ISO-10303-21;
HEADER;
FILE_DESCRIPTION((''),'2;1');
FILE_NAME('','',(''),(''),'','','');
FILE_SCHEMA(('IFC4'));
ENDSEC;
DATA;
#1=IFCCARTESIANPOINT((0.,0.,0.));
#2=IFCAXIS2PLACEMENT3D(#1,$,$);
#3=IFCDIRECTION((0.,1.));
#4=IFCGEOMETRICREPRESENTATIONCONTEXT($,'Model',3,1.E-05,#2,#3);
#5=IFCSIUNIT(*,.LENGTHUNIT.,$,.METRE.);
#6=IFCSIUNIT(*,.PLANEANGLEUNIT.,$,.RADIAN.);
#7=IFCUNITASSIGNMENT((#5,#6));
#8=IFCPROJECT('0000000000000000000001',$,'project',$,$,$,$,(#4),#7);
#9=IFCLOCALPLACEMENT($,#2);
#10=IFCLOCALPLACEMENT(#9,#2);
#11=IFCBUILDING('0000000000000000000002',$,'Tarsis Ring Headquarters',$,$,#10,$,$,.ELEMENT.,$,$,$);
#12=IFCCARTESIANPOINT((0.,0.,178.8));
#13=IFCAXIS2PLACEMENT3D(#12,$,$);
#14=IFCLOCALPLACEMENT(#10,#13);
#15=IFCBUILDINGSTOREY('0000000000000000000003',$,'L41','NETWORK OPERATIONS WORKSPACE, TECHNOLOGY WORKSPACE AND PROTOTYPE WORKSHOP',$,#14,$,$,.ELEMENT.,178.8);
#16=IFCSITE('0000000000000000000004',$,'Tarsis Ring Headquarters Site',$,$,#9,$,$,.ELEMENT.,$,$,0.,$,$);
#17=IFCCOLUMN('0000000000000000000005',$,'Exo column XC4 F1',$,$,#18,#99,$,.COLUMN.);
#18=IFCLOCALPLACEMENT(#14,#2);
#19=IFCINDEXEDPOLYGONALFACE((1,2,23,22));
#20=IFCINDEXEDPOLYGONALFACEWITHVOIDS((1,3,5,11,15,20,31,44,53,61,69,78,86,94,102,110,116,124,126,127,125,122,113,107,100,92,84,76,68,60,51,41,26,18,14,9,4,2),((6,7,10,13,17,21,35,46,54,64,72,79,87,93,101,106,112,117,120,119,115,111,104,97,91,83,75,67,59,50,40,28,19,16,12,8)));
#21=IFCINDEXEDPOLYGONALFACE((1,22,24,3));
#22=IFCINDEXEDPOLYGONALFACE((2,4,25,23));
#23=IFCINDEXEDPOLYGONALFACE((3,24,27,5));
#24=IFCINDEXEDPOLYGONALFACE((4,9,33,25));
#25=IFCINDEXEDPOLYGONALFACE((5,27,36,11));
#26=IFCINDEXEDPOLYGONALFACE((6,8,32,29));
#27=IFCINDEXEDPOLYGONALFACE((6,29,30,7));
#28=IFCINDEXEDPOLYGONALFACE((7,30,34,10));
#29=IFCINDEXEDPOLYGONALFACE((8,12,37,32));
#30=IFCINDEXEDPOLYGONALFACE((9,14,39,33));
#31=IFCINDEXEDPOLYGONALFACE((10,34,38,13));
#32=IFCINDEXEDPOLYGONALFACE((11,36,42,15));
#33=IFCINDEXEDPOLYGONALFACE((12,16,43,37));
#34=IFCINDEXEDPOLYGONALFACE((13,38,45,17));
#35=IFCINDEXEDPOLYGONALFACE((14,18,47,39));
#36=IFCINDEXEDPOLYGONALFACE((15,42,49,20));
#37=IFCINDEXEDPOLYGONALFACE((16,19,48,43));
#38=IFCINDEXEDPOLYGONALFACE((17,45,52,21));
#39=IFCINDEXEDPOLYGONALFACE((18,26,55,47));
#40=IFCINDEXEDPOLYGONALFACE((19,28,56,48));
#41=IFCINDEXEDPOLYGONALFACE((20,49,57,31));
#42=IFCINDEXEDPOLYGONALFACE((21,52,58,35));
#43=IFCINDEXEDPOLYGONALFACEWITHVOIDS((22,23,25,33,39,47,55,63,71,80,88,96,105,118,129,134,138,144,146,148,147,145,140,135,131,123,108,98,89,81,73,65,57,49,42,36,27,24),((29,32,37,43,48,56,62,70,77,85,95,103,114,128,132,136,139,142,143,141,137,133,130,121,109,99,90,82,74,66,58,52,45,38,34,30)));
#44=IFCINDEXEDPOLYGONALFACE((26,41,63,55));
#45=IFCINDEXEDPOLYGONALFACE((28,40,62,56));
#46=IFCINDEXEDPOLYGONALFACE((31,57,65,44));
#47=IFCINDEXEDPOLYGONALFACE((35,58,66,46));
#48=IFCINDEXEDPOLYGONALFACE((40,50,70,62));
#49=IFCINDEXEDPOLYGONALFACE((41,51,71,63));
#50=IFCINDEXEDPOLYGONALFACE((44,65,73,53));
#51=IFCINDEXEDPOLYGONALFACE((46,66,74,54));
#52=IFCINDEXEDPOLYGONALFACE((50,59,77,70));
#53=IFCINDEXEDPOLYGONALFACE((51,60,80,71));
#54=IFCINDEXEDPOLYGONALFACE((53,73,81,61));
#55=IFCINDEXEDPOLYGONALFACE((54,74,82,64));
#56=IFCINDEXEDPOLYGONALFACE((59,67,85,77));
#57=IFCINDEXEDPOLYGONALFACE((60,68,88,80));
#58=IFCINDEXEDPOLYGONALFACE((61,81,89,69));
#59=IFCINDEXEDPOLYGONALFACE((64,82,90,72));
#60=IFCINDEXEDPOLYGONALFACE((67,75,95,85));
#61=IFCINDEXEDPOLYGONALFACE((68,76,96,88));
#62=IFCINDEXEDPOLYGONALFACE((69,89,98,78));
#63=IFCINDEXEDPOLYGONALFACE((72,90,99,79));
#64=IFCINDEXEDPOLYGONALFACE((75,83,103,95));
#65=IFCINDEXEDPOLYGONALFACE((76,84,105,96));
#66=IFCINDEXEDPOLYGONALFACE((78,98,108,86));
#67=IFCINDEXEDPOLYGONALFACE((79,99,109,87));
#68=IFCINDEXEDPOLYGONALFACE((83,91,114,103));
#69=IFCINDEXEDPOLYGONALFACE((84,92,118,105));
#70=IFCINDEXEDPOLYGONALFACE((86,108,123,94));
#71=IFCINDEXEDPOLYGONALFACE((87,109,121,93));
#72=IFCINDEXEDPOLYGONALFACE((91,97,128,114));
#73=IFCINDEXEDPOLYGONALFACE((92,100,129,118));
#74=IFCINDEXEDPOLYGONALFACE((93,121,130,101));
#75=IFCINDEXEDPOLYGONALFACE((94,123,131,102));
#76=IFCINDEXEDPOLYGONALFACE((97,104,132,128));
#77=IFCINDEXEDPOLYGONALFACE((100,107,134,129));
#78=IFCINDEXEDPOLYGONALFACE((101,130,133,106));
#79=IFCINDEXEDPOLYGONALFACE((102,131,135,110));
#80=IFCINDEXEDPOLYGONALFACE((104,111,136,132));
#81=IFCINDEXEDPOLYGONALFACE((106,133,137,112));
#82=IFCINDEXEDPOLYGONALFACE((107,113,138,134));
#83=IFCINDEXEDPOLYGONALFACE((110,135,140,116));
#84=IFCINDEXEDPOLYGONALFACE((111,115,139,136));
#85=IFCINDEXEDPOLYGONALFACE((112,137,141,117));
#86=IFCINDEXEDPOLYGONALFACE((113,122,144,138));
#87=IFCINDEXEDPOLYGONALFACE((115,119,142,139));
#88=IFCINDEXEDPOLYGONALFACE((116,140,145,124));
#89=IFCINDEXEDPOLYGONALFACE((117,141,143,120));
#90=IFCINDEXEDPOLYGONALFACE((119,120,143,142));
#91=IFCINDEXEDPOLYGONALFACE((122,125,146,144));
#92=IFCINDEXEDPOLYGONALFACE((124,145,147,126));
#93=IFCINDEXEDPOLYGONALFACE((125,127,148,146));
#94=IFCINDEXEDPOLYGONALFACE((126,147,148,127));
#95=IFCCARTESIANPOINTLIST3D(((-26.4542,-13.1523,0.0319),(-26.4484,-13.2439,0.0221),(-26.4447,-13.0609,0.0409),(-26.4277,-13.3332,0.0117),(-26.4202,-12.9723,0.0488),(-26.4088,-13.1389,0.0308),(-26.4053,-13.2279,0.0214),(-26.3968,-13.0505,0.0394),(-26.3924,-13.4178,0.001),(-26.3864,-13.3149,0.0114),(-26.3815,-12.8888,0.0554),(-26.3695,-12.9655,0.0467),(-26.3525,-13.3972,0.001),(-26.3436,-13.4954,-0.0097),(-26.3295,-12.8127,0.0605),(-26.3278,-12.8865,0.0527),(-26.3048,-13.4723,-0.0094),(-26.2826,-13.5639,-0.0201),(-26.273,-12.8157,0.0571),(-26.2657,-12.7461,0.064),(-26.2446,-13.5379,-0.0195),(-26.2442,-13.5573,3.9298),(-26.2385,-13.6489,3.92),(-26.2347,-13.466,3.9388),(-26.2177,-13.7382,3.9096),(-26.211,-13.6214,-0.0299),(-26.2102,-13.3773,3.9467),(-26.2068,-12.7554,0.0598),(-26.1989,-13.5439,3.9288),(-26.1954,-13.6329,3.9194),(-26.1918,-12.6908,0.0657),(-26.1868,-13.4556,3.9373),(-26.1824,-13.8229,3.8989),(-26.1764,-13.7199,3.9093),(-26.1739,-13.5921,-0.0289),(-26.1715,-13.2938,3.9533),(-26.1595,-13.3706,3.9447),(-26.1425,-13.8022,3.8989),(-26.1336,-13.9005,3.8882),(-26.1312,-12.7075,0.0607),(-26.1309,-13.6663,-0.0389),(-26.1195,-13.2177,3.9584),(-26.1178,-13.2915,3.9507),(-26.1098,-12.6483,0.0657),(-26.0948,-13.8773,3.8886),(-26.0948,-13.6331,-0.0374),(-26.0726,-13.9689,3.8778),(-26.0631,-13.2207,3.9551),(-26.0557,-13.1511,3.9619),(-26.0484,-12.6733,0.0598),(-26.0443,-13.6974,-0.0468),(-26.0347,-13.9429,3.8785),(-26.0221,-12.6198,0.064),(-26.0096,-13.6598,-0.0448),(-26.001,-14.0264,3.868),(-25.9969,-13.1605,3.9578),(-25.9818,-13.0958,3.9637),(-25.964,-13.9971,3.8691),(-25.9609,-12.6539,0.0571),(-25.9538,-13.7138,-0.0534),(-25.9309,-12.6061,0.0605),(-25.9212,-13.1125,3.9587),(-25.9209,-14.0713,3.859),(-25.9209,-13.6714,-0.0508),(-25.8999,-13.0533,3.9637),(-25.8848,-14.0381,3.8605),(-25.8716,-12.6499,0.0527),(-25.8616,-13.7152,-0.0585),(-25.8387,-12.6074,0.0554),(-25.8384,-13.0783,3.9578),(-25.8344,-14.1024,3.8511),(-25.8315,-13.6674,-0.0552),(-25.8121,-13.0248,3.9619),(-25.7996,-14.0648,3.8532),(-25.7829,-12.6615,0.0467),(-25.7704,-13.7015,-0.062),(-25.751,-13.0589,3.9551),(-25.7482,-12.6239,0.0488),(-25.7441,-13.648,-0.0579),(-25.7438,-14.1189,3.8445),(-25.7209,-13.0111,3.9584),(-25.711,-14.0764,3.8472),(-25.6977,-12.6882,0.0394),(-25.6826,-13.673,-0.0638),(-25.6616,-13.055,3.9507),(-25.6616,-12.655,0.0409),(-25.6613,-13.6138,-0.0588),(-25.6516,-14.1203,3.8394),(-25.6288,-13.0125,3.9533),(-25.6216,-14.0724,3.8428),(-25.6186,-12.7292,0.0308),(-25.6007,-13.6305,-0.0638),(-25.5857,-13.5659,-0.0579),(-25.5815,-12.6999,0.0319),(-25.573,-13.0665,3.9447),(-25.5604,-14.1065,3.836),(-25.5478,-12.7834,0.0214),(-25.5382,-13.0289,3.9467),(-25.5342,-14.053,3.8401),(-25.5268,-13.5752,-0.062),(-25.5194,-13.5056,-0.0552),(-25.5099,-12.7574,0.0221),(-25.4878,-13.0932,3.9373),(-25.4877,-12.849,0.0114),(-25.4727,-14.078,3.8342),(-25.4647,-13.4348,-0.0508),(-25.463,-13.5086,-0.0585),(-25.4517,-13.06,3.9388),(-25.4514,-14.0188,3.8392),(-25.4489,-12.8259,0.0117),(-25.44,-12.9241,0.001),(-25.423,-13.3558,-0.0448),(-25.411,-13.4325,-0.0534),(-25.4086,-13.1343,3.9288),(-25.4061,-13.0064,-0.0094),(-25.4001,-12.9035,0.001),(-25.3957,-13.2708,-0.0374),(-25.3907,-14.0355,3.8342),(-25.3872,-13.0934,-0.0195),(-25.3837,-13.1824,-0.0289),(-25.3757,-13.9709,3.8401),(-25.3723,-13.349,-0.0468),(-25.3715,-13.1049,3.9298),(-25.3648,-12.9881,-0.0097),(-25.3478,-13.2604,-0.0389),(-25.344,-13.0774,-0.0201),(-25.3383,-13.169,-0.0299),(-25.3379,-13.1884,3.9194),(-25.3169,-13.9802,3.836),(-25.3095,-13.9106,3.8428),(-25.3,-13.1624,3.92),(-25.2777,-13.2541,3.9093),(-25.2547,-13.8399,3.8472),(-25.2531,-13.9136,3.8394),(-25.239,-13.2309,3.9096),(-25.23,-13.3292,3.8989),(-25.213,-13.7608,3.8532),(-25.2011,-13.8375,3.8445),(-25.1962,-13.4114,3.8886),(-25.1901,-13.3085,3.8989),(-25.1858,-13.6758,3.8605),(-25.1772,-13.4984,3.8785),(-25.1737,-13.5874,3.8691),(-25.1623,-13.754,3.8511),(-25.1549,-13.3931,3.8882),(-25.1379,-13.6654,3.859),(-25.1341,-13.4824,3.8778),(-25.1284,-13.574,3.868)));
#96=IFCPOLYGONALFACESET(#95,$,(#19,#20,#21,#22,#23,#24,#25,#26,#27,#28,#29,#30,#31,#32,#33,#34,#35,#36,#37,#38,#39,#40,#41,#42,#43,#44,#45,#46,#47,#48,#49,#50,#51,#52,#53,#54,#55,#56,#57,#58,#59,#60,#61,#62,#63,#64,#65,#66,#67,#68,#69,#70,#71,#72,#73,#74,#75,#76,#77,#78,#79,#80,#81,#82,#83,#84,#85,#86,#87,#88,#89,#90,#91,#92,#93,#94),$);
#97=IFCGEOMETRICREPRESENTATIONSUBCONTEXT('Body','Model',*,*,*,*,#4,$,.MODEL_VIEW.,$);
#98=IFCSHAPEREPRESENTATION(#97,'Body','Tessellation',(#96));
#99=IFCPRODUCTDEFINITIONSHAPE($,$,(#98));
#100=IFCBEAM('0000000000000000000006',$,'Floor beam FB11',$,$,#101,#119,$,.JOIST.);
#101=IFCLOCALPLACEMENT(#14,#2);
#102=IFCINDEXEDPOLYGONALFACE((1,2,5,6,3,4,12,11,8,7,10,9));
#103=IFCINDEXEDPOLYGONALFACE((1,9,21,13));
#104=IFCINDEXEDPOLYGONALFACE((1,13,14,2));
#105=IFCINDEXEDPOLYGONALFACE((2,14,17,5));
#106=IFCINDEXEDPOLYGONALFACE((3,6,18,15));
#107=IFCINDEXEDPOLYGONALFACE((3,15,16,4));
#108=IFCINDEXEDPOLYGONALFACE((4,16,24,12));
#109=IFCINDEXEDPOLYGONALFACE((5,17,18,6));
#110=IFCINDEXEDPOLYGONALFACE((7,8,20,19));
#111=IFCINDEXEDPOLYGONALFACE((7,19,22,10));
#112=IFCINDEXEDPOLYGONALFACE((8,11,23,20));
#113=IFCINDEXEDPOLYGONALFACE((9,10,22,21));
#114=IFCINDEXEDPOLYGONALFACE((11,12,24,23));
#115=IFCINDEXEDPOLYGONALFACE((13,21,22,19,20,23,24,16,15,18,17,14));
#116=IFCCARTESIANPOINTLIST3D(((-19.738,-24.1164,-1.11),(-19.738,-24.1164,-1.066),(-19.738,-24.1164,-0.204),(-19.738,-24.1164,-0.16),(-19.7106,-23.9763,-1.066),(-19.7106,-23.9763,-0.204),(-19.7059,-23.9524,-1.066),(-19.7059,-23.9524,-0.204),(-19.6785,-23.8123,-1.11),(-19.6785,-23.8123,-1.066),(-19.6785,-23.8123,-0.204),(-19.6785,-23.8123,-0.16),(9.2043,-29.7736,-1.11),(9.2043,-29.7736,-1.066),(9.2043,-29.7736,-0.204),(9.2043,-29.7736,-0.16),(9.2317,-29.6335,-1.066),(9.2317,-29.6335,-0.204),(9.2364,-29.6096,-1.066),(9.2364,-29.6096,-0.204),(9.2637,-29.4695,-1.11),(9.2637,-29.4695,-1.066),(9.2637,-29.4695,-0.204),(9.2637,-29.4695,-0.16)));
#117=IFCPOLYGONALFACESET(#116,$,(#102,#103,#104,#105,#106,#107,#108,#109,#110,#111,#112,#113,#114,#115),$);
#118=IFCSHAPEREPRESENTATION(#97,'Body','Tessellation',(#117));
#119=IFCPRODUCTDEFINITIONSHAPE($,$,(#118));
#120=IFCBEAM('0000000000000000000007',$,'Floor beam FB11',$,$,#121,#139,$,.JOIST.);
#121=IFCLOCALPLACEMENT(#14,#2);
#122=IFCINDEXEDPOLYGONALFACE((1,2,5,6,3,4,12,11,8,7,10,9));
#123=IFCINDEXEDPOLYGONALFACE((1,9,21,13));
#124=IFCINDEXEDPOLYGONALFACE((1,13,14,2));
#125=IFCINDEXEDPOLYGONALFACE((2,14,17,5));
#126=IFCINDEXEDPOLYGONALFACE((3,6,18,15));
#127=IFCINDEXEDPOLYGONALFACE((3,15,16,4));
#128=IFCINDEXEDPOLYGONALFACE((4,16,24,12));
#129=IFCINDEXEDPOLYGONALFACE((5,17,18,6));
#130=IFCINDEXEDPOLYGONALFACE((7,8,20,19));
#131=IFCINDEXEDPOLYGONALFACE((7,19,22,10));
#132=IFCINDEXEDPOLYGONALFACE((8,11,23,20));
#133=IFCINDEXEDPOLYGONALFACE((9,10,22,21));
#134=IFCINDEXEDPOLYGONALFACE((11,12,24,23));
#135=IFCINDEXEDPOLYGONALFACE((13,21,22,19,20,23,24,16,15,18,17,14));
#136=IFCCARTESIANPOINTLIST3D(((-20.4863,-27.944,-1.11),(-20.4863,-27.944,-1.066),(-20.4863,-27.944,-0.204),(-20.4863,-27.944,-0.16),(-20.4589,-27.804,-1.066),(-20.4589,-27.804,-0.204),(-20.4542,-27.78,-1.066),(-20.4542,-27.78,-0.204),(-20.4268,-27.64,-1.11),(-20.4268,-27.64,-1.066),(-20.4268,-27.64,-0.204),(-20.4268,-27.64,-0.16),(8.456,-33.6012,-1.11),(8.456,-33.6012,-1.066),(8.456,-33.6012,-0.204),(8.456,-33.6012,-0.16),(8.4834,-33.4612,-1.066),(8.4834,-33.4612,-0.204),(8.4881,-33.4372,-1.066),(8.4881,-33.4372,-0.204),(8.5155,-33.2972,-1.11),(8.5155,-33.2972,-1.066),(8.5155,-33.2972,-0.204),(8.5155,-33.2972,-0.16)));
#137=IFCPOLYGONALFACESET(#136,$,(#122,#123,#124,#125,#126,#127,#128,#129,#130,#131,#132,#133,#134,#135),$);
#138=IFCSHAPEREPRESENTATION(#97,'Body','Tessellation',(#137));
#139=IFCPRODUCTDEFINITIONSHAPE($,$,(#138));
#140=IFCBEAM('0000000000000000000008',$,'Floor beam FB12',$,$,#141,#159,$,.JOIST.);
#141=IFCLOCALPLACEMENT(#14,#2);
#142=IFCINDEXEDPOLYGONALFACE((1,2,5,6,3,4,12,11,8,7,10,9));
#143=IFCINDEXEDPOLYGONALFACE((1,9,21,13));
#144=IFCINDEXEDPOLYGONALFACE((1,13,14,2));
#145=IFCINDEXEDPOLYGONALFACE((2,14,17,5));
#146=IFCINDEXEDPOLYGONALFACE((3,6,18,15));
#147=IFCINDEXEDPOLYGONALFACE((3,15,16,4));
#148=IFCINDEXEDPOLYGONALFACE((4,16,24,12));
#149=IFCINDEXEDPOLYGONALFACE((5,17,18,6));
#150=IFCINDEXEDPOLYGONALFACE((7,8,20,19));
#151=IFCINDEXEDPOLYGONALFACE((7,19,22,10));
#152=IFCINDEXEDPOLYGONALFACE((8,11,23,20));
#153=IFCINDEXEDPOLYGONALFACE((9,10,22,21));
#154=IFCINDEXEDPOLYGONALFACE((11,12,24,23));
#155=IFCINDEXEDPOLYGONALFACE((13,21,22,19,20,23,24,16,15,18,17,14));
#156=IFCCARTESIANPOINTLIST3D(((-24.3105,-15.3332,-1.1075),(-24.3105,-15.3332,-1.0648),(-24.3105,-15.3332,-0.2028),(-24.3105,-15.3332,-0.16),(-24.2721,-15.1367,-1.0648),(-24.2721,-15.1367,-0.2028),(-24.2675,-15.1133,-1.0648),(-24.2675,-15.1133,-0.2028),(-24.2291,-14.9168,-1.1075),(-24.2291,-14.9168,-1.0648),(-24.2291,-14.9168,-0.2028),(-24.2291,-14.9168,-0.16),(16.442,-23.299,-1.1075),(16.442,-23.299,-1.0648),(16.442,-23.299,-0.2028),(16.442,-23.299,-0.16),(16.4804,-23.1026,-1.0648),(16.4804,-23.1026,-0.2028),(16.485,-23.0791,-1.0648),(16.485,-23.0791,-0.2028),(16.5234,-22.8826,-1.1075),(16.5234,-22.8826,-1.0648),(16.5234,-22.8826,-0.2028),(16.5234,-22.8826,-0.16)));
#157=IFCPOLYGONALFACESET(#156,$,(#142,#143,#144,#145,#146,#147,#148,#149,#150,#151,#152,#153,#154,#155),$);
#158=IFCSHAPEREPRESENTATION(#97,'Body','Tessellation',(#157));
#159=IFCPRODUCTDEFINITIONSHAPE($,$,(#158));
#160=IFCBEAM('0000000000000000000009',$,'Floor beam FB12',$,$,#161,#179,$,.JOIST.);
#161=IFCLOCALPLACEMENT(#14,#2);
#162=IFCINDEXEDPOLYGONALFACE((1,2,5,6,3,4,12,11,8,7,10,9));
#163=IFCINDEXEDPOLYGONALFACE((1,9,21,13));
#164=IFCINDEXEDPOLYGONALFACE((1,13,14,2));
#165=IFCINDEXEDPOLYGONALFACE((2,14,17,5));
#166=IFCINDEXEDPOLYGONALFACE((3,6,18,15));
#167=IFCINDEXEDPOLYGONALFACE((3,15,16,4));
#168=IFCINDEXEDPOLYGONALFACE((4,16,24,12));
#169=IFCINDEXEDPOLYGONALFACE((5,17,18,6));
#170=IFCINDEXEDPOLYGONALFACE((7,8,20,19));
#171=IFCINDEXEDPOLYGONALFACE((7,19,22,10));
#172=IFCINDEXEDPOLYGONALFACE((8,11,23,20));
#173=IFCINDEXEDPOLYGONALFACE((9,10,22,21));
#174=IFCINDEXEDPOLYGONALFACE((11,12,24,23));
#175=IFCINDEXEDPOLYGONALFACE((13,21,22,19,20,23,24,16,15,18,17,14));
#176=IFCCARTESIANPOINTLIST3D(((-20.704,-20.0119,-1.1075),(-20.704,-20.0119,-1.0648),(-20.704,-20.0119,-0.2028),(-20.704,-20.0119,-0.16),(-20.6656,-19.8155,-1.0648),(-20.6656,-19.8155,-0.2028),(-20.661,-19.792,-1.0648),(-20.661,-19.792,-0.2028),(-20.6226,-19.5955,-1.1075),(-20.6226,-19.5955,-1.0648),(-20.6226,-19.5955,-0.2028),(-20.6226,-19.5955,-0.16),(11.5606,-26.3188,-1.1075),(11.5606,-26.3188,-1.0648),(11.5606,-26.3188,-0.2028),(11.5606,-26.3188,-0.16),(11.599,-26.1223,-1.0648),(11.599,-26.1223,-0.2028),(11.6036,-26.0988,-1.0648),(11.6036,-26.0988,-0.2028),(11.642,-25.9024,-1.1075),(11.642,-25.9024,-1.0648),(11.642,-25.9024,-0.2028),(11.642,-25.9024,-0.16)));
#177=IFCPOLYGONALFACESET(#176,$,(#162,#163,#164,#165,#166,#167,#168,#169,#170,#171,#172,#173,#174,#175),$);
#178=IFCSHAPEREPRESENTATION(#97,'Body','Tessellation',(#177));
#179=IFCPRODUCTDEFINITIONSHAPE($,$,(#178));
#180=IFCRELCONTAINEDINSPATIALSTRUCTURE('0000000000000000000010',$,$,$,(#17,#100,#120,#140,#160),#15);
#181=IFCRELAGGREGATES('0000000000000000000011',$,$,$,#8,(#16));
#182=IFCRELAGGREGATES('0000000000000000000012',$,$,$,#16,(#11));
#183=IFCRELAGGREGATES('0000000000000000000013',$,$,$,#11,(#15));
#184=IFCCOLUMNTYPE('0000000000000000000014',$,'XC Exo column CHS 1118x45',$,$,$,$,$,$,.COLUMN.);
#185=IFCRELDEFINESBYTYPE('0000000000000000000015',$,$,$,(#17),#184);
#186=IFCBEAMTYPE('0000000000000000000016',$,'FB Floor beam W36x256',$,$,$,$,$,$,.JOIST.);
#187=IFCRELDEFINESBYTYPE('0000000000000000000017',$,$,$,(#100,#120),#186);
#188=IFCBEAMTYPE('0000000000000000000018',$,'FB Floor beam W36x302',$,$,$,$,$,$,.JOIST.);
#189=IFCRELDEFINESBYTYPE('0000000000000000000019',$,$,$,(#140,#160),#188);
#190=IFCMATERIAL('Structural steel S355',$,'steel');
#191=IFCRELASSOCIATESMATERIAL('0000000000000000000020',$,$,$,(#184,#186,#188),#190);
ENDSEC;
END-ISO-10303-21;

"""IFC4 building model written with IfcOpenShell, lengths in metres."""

from ifc_helpers import new_model, si_unit, direction, frame, origin, origin_2d, place, context, subcontext, project, spatial, hollow_circle, i_section, extrude, material, material_profile, profile_set, type_object, element, save


model = new_model("IFC4")

# Units and contexts
model_context = context("Model", 3, precision=1e-05, world=origin(), true_north=direction((0.0, 1.0)))
body_context = subcontext(model_context, "Body", "Model", "MODEL_VIEW")
ifc_project = project(units=[si_unit("LENGTHUNIT", "METRE"), si_unit("PLANEANGLEUNIT", "RADIAN")], contexts=[model_context])

# Site, building, storey
site_placement = place(None, origin())
site = spatial("IfcSite", under=ifc_project, at=site_placement, Name="Tarsis Ring Headquarters Site", CompositionType="ELEMENT", RefElevation=0.0)
building_placement = place(site_placement, origin())
building = spatial("IfcBuilding", under=site, at=building_placement, Name="Tarsis Ring Headquarters", CompositionType="ELEMENT")
storey_placement = place(building_placement, frame((0.0, 0.0, 178.8)))
storey = spatial("IfcBuildingStorey", under=building, at=storey_placement, Name="L41", Description="NETWORK OPERATIONS WORKSPACE, TECHNOLOGY WORKSPACE AND PROTOTYPE WORKSHOP", CompositionType="ELEMENT", Elevation=178.8)

# Column
ifc_material_1 = material(Name="Structural steel S355", Category="steel")
ifc_material_profile_1 = material_profile(ifc_material_1, hollow_circle(Radius=0.5588, WallThickness=0.0449, at=origin_2d()), Name="CHS 1118x45")
ifc_profile_set_1 = profile_set([ifc_material_profile_1], Name="Structural steel S355")
column_type = type_object("IfcColumnType", Name="XC Exo column CHS 1118x45", PredefinedType="COLUMN", material=ifc_profile_set_1)
column_placement = place(storey_placement, frame((-25.8962, -13.1606, 0.001), z_axis=(0.053499, -0.103204, 0.99322), x_axis=(0.887803, 0.460223, 0.0)))
element("IfcColumn", 1, at=column_placement, inside=storey, type_object=column_type, Name="Exo column XC4 F1", PredefinedType="COLUMN", context=body_context, shape_type="SweptSolid", body=[
    extrude(hollow_circle(Radius=0.5588, WallThickness=0.0449, at=origin_2d()), origin(), (0.0, 0.0, 1.0), 3.9246),
])

# Beams
ifc_material_profile_2 = material_profile(ifc_material_1, i_section(OverallWidth=0.3098, OverallDepth=0.95, WebThickness=0.0244, FlangeThickness=0.0439, at=origin_2d()), Name="W36x256")
ifc_profile_set_2 = profile_set([ifc_material_profile_2], Name="Structural steel S355")
beam_type_1 = type_object("IfcBeamType", Name="FB Floor beam W36x256", PredefinedType="JOIST", material=ifc_profile_set_2)
for number, where, z_axis, x_axis, name in (
    (2, (-19.7083, -23.9644, -0.635), (0.981427, -0.191835, 0.0), (0.191835, 0.981427, 0.0), "Floor beam FB11"),
    (3, (-20.4565, -27.792, -0.635), (0.981427, -0.191835, 0.0), (0.191835, 0.981427, 0.0), "Floor beam FB11"),
):
    element("IfcBeam", number, at=place(storey_placement, frame(where, z_axis=z_axis, x_axis=x_axis)), inside=storey, type_object=beam_type_1, Name=name, PredefinedType="JOIST", context=body_context, shape_type="SweptSolid", body=[
        extrude(i_section(OverallWidth=0.3098, OverallDepth=0.95, WebThickness=0.0244, FlangeThickness=0.0439, at=origin_2d()), origin(), (0.0, 0.0, 1.0), 29.49),
    ])
ifc_material_profile_3 = material_profile(ifc_material_1, i_section(OverallWidth=0.4243, OverallDepth=0.9475, WebThickness=0.0239, FlangeThickness=0.0427, at=origin_2d()), Name="W36x302")
ifc_profile_set_3 = profile_set([ifc_material_profile_3], Name="Structural steel S355")
beam_type_2 = type_object("IfcBeamType", Name="FB Floor beam W36x302", PredefinedType="JOIST", material=ifc_profile_set_3)
beam_1_placement = place(storey_placement, frame((-24.2698, -15.125, -0.6338), z_axis=(0.981427, -0.191838, 0.0), x_axis=(0.191838, 0.981427, 0.0)))
element("IfcBeam", 4, at=beam_1_placement, inside=storey, type_object=beam_type_2, Name="Floor beam FB12", PredefinedType="JOIST", context=body_context, shape_type="SweptSolid", body=[
    extrude(i_section(OverallWidth=0.4243, OverallDepth=0.9475, WebThickness=0.0239, FlangeThickness=0.0427, at=origin_2d()), origin(), (0.0, 0.0, 1.0), 41.5237),
])
beam_2_placement = place(storey_placement, frame((-20.6633, -19.8037, -0.6338), z_axis=(0.981426, -0.191843, 0.0), x_axis=(0.191843, 0.981426, 0.0)))
element("IfcBeam", 5, at=beam_2_placement, inside=storey, type_object=beam_type_2, Name="Floor beam FB12", PredefinedType="JOIST", context=body_context, shape_type="SweptSolid", body=[
    extrude(i_section(OverallWidth=0.4243, OverallDepth=0.9475, WebThickness=0.0239, FlangeThickness=0.0427, at=origin_2d()), origin(), (0.0, 0.0, 1.0), 32.8752),
])

save(model, "model.ifc")
